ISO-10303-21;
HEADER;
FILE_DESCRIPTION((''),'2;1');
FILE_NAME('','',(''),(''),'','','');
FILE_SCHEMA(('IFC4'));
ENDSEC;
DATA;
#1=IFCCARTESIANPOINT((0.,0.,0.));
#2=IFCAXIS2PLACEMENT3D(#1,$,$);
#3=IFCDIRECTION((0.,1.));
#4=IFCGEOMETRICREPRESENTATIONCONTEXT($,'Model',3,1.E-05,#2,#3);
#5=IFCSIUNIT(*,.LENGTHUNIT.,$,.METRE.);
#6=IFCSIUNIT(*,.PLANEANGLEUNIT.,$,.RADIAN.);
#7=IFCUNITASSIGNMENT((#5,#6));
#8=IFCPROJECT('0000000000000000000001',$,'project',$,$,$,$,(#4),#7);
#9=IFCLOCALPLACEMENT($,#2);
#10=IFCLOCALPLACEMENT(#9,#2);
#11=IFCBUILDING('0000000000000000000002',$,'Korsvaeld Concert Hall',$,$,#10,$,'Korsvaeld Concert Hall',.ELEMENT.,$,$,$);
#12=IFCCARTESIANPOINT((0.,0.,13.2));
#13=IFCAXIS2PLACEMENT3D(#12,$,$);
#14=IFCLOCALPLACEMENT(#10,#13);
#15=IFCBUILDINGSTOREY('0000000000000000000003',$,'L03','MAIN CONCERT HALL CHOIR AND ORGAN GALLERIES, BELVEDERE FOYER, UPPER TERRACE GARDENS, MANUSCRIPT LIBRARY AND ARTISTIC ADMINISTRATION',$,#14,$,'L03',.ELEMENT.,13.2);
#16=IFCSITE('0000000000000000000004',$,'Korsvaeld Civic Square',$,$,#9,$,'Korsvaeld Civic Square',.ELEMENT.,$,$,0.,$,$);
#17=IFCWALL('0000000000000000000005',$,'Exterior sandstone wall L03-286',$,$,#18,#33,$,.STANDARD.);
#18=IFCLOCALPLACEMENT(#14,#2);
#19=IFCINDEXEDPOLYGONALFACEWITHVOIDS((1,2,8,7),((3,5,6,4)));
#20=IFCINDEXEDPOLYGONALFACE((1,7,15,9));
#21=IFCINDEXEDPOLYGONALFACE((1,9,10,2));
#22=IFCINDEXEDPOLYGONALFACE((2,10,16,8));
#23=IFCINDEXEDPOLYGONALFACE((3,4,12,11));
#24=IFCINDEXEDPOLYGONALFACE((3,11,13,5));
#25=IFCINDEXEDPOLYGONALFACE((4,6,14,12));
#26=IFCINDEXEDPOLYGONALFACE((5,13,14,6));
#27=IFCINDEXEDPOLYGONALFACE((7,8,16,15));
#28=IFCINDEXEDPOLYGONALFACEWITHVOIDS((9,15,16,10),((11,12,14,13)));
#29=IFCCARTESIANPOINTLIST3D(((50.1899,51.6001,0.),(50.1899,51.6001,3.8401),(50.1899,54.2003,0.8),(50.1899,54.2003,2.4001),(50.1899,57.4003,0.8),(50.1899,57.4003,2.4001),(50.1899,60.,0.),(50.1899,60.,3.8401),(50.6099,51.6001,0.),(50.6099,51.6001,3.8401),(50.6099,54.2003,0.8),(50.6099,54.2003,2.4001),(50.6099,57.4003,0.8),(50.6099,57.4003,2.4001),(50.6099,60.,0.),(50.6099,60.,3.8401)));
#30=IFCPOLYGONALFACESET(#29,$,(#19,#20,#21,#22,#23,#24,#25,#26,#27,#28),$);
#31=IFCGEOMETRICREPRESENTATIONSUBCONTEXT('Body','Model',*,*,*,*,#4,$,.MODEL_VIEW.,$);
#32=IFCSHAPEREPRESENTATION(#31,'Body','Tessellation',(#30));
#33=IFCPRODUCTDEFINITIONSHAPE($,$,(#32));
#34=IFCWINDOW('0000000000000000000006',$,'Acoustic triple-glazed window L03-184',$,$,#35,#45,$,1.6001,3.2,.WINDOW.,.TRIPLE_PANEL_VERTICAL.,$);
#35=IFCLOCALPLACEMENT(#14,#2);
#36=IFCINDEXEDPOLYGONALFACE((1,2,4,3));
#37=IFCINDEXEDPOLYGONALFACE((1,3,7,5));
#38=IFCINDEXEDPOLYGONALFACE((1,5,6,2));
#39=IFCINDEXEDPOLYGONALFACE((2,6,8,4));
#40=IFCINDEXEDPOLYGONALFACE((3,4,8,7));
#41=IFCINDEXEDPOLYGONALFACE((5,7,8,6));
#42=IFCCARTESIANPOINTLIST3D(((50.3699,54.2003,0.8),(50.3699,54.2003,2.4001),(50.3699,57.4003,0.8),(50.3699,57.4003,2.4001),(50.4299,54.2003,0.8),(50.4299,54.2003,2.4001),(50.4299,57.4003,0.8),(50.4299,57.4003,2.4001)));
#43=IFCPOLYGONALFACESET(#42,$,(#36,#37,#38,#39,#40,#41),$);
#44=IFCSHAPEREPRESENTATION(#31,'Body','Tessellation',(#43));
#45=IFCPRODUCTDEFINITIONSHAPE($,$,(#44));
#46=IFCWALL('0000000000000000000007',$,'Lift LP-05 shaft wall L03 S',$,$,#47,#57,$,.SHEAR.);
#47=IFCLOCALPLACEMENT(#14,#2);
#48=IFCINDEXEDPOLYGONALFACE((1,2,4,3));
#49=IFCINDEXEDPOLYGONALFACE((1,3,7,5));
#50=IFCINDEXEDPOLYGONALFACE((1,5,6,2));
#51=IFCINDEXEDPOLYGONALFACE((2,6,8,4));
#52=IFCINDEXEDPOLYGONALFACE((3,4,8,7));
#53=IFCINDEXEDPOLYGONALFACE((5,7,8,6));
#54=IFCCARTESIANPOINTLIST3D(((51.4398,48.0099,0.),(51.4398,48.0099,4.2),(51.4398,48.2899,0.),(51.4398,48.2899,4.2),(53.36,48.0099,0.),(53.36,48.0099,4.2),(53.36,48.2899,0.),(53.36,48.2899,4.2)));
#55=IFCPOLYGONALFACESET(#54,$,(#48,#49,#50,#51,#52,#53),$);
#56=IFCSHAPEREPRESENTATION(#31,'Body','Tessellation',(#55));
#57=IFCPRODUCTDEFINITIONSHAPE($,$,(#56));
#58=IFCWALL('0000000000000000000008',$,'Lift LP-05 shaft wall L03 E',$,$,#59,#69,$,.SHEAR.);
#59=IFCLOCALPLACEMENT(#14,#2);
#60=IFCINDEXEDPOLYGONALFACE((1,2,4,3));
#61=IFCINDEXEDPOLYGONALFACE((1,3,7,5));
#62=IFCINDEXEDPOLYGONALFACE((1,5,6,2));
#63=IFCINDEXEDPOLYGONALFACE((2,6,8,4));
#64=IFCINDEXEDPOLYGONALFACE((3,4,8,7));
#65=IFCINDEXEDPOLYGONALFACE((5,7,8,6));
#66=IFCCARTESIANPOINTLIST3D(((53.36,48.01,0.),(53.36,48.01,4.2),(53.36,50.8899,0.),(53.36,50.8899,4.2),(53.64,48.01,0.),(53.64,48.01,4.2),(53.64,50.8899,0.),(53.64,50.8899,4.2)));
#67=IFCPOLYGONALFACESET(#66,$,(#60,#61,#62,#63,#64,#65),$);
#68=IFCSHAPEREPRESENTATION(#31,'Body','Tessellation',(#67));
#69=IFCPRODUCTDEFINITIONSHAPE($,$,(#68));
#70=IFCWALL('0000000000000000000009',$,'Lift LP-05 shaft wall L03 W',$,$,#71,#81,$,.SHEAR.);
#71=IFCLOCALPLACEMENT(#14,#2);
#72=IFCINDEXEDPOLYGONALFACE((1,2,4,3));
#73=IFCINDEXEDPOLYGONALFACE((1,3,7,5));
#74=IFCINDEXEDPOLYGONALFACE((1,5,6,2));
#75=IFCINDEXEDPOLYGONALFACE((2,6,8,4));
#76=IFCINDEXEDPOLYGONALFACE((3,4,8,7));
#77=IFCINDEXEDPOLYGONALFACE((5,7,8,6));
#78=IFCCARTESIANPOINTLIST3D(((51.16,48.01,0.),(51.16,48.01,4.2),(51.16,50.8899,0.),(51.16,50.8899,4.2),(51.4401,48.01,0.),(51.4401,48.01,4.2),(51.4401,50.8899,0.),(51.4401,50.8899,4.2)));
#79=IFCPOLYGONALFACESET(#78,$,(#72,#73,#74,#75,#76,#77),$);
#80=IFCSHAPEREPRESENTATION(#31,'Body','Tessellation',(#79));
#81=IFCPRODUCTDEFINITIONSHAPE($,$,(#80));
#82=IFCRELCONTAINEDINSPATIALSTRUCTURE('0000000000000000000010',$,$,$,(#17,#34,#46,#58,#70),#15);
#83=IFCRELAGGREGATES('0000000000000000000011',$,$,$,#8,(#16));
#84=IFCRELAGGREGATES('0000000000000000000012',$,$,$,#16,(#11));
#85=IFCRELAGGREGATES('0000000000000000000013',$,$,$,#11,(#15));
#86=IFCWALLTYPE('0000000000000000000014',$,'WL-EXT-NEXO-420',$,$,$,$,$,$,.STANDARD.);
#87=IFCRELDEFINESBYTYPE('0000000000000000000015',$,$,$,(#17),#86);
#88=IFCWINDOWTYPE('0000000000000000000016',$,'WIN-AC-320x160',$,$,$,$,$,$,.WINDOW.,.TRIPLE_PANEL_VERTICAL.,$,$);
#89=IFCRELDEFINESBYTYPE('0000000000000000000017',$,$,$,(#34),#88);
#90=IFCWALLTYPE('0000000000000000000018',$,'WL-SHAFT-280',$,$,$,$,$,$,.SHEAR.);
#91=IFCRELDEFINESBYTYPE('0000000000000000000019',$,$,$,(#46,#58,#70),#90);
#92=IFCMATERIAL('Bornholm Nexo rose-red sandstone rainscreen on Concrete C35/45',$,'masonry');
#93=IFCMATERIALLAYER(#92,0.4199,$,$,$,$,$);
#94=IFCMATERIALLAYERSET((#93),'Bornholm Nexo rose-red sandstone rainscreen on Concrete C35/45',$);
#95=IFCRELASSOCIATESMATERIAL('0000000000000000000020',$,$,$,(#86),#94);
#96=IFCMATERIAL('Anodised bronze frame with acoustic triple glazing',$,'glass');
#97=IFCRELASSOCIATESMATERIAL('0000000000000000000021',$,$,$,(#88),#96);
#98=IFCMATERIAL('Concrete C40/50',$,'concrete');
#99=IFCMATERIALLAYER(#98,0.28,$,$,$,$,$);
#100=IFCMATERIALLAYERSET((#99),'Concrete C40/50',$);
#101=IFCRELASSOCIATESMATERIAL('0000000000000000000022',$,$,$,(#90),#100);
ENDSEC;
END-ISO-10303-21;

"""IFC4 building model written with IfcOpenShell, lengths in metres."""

from ifc_helpers import new_model, si_unit, direction, frame, frame_2d, origin, place, context, subcontext, project, spatial, rectangle, extrude, material, layer, layer_set, type_object, element, fill, save


model = new_model("IFC4")

# Units and contexts
model_context = context("Model", 3, precision=1e-05, world=origin(), true_north=direction((0.0, 1.0)))
body_context = subcontext(model_context, "Body", "Model", "MODEL_VIEW")
ifc_project = project(units=[si_unit("LENGTHUNIT", "METRE"), si_unit("PLANEANGLEUNIT", "RADIAN")], contexts=[model_context])

# Site, building, storey
site_placement = place(None, origin())
site = spatial("IfcSite", under=ifc_project, at=site_placement, Name="Korsvaeld Civic Square", LongName="Korsvaeld Civic Square", CompositionType="ELEMENT", RefElevation=0.0)
building_placement = place(site_placement, origin())
building = spatial("IfcBuilding", under=site, at=building_placement, Name="Korsvaeld Concert Hall", LongName="Korsvaeld Concert Hall", CompositionType="ELEMENT")
storey_placement = place(building_placement, frame((0.0, 0.0, 13.2)))
storey = spatial("IfcBuildingStorey", under=building, at=storey_placement, Name="L03", Description="MAIN CONCERT HALL CHOIR AND ORGAN GALLERIES, BELVEDERE FOYER, UPPER TERRACE GARDENS, MANUSCRIPT LIBRARY AND ARTISTIC ADMINISTRATION", LongName="L03", CompositionType="ELEMENT", Elevation=13.2)

# Shared definitions
ifc_material_1 = material(Name="Concrete C40/50", Category="concrete")

# Wall, opening, window
ifc_material_2 = material(Name="Bornholm Nexo rose-red sandstone rainscreen on Concrete C35/45", Category="masonry")
ifc_layer_1 = layer(ifc_material_2, 0.4199)
ifc_layer_set_1 = layer_set([ifc_layer_1], Name="Bornholm Nexo rose-red sandstone rainscreen on Concrete C35/45")
wall_type_1 = type_object("IfcWallType", Name="WL-EXT-NEXO-420", PredefinedType="STANDARD", material=ifc_layer_set_1)
wall_1_placement = place(storey_placement, frame((50.3999, 51.6001, 0.0), z_axis=(0.0, 0.0, 1.0), x_axis=(0.0, 1.0, 0.0)))
wall_1 = element("IfcWall", 1, at=wall_1_placement, inside=storey, type_object=wall_type_1, Name="Exterior sandstone wall L03-286", PredefinedType="STANDARD", context=body_context, shape_type="SweptSolid", body=[
    extrude(rectangle(XDim=8.3999, YDim=0.4199, at=frame_2d((4.2, 0.0))), origin(), (0.0, 0.0, 1.0), 3.8401),
])
opening_1_placement = place(wall_1_placement, frame((2.6001, 0.0, 0.8)))
opening_1 = element("IfcOpeningElement", 2, at=opening_1_placement, cuts=wall_1, PredefinedType="OPENING", context=body_context, shape_type="SweptSolid", body=[
    extrude(rectangle(XDim=3.2, YDim=1.6001, at=frame_2d((1.6001, 0.8))), frame((0.0, 0.22, 0.0), z_axis=(0.0, -1.0, 0.0), x_axis=(1.0, 0.0, 0.0)), (0.0, 0.0, 1.0), 0.4399),
])
ifc_material_3 = material(Name="Anodised bronze frame with acoustic triple glazing", Category="glass")
window_type = type_object("IfcWindowType", Name="WIN-AC-320x160", PartitioningType="TRIPLE_PANEL_VERTICAL", PredefinedType="WINDOW", material=ifc_material_3)
window_placement = place(opening_1_placement, origin())
window = element("IfcWindow", 3, at=window_placement, inside=storey, type_object=window_type, Name="Acoustic triple-glazed window L03-184", OverallHeight=1.6001, OverallWidth=3.2, PartitioningType="TRIPLE_PANEL_VERTICAL", PredefinedType="WINDOW", context=body_context, shape_type="SweptSolid", body=[
    extrude(rectangle(XDim=3.2, YDim=1.6001, at=frame_2d((1.6001, 0.8))), frame((0.0, 0.03, 0.0), z_axis=(0.0, -1.0, 0.0), x_axis=(1.0, 0.0, 0.0)), (0.0, 0.0, 1.0), 0.0601),
])
fill(opening_1, window)

# Walls
ifc_layer_2 = layer(ifc_material_1, 0.28)
ifc_layer_set_2 = layer_set([ifc_layer_2], Name="Concrete C40/50")
wall_type_2 = type_object("IfcWallType", Name="WL-SHAFT-280", PredefinedType="SHEAR", material=ifc_layer_set_2)
wall_2_placement = place(storey_placement, frame((51.4399, 48.1499, 0.0), z_axis=(0.0, 0.0, 1.0), x_axis=(1.0, 0.0, 0.0)))
element("IfcWall", 4, at=wall_2_placement, inside=storey, type_object=wall_type_2, Name="Lift LP-05 shaft wall L03 S", PredefinedType="SHEAR", context=body_context, shape_type="SweptSolid", body=[
    extrude(rectangle(XDim=1.9202, YDim=0.28, at=frame_2d((0.96, 0.0))), origin(), (0.0, 0.0, 1.0), 4.2),
])
wall_3_placement = place(storey_placement, frame((53.5, 48.01, 0.0), z_axis=(0.0, 0.0, 1.0), x_axis=(0.0, 1.0, 0.0)))
element("IfcWall", 5, at=wall_3_placement, inside=storey, type_object=wall_type_2, Name="Lift LP-05 shaft wall L03 E", PredefinedType="SHEAR", context=body_context, shape_type="SweptSolid", body=[
    extrude(rectangle(XDim=2.8799, YDim=0.28, at=frame_2d((1.4399, 0.0))), origin(), (0.0, 0.0, 1.0), 4.2),
])

# Wall
wall_4_placement = place(storey_placement, frame((51.3, 50.8899, 0.0), z_axis=(0.0, 0.0, 1.0), x_axis=(0.0, -1.0, 0.0)))
element("IfcWall", 6, at=wall_4_placement, inside=storey, type_object=wall_type_2, Name="Lift LP-05 shaft wall L03 W", PredefinedType="SHEAR", context=body_context, shape_type="SweptSolid", body=[
    extrude(rectangle(XDim=2.8799, YDim=0.28, at=frame_2d((1.4399, 0.0))), origin(), (0.0, 0.0, 1.0), 4.2),
])

save(model, "model.ifc")
